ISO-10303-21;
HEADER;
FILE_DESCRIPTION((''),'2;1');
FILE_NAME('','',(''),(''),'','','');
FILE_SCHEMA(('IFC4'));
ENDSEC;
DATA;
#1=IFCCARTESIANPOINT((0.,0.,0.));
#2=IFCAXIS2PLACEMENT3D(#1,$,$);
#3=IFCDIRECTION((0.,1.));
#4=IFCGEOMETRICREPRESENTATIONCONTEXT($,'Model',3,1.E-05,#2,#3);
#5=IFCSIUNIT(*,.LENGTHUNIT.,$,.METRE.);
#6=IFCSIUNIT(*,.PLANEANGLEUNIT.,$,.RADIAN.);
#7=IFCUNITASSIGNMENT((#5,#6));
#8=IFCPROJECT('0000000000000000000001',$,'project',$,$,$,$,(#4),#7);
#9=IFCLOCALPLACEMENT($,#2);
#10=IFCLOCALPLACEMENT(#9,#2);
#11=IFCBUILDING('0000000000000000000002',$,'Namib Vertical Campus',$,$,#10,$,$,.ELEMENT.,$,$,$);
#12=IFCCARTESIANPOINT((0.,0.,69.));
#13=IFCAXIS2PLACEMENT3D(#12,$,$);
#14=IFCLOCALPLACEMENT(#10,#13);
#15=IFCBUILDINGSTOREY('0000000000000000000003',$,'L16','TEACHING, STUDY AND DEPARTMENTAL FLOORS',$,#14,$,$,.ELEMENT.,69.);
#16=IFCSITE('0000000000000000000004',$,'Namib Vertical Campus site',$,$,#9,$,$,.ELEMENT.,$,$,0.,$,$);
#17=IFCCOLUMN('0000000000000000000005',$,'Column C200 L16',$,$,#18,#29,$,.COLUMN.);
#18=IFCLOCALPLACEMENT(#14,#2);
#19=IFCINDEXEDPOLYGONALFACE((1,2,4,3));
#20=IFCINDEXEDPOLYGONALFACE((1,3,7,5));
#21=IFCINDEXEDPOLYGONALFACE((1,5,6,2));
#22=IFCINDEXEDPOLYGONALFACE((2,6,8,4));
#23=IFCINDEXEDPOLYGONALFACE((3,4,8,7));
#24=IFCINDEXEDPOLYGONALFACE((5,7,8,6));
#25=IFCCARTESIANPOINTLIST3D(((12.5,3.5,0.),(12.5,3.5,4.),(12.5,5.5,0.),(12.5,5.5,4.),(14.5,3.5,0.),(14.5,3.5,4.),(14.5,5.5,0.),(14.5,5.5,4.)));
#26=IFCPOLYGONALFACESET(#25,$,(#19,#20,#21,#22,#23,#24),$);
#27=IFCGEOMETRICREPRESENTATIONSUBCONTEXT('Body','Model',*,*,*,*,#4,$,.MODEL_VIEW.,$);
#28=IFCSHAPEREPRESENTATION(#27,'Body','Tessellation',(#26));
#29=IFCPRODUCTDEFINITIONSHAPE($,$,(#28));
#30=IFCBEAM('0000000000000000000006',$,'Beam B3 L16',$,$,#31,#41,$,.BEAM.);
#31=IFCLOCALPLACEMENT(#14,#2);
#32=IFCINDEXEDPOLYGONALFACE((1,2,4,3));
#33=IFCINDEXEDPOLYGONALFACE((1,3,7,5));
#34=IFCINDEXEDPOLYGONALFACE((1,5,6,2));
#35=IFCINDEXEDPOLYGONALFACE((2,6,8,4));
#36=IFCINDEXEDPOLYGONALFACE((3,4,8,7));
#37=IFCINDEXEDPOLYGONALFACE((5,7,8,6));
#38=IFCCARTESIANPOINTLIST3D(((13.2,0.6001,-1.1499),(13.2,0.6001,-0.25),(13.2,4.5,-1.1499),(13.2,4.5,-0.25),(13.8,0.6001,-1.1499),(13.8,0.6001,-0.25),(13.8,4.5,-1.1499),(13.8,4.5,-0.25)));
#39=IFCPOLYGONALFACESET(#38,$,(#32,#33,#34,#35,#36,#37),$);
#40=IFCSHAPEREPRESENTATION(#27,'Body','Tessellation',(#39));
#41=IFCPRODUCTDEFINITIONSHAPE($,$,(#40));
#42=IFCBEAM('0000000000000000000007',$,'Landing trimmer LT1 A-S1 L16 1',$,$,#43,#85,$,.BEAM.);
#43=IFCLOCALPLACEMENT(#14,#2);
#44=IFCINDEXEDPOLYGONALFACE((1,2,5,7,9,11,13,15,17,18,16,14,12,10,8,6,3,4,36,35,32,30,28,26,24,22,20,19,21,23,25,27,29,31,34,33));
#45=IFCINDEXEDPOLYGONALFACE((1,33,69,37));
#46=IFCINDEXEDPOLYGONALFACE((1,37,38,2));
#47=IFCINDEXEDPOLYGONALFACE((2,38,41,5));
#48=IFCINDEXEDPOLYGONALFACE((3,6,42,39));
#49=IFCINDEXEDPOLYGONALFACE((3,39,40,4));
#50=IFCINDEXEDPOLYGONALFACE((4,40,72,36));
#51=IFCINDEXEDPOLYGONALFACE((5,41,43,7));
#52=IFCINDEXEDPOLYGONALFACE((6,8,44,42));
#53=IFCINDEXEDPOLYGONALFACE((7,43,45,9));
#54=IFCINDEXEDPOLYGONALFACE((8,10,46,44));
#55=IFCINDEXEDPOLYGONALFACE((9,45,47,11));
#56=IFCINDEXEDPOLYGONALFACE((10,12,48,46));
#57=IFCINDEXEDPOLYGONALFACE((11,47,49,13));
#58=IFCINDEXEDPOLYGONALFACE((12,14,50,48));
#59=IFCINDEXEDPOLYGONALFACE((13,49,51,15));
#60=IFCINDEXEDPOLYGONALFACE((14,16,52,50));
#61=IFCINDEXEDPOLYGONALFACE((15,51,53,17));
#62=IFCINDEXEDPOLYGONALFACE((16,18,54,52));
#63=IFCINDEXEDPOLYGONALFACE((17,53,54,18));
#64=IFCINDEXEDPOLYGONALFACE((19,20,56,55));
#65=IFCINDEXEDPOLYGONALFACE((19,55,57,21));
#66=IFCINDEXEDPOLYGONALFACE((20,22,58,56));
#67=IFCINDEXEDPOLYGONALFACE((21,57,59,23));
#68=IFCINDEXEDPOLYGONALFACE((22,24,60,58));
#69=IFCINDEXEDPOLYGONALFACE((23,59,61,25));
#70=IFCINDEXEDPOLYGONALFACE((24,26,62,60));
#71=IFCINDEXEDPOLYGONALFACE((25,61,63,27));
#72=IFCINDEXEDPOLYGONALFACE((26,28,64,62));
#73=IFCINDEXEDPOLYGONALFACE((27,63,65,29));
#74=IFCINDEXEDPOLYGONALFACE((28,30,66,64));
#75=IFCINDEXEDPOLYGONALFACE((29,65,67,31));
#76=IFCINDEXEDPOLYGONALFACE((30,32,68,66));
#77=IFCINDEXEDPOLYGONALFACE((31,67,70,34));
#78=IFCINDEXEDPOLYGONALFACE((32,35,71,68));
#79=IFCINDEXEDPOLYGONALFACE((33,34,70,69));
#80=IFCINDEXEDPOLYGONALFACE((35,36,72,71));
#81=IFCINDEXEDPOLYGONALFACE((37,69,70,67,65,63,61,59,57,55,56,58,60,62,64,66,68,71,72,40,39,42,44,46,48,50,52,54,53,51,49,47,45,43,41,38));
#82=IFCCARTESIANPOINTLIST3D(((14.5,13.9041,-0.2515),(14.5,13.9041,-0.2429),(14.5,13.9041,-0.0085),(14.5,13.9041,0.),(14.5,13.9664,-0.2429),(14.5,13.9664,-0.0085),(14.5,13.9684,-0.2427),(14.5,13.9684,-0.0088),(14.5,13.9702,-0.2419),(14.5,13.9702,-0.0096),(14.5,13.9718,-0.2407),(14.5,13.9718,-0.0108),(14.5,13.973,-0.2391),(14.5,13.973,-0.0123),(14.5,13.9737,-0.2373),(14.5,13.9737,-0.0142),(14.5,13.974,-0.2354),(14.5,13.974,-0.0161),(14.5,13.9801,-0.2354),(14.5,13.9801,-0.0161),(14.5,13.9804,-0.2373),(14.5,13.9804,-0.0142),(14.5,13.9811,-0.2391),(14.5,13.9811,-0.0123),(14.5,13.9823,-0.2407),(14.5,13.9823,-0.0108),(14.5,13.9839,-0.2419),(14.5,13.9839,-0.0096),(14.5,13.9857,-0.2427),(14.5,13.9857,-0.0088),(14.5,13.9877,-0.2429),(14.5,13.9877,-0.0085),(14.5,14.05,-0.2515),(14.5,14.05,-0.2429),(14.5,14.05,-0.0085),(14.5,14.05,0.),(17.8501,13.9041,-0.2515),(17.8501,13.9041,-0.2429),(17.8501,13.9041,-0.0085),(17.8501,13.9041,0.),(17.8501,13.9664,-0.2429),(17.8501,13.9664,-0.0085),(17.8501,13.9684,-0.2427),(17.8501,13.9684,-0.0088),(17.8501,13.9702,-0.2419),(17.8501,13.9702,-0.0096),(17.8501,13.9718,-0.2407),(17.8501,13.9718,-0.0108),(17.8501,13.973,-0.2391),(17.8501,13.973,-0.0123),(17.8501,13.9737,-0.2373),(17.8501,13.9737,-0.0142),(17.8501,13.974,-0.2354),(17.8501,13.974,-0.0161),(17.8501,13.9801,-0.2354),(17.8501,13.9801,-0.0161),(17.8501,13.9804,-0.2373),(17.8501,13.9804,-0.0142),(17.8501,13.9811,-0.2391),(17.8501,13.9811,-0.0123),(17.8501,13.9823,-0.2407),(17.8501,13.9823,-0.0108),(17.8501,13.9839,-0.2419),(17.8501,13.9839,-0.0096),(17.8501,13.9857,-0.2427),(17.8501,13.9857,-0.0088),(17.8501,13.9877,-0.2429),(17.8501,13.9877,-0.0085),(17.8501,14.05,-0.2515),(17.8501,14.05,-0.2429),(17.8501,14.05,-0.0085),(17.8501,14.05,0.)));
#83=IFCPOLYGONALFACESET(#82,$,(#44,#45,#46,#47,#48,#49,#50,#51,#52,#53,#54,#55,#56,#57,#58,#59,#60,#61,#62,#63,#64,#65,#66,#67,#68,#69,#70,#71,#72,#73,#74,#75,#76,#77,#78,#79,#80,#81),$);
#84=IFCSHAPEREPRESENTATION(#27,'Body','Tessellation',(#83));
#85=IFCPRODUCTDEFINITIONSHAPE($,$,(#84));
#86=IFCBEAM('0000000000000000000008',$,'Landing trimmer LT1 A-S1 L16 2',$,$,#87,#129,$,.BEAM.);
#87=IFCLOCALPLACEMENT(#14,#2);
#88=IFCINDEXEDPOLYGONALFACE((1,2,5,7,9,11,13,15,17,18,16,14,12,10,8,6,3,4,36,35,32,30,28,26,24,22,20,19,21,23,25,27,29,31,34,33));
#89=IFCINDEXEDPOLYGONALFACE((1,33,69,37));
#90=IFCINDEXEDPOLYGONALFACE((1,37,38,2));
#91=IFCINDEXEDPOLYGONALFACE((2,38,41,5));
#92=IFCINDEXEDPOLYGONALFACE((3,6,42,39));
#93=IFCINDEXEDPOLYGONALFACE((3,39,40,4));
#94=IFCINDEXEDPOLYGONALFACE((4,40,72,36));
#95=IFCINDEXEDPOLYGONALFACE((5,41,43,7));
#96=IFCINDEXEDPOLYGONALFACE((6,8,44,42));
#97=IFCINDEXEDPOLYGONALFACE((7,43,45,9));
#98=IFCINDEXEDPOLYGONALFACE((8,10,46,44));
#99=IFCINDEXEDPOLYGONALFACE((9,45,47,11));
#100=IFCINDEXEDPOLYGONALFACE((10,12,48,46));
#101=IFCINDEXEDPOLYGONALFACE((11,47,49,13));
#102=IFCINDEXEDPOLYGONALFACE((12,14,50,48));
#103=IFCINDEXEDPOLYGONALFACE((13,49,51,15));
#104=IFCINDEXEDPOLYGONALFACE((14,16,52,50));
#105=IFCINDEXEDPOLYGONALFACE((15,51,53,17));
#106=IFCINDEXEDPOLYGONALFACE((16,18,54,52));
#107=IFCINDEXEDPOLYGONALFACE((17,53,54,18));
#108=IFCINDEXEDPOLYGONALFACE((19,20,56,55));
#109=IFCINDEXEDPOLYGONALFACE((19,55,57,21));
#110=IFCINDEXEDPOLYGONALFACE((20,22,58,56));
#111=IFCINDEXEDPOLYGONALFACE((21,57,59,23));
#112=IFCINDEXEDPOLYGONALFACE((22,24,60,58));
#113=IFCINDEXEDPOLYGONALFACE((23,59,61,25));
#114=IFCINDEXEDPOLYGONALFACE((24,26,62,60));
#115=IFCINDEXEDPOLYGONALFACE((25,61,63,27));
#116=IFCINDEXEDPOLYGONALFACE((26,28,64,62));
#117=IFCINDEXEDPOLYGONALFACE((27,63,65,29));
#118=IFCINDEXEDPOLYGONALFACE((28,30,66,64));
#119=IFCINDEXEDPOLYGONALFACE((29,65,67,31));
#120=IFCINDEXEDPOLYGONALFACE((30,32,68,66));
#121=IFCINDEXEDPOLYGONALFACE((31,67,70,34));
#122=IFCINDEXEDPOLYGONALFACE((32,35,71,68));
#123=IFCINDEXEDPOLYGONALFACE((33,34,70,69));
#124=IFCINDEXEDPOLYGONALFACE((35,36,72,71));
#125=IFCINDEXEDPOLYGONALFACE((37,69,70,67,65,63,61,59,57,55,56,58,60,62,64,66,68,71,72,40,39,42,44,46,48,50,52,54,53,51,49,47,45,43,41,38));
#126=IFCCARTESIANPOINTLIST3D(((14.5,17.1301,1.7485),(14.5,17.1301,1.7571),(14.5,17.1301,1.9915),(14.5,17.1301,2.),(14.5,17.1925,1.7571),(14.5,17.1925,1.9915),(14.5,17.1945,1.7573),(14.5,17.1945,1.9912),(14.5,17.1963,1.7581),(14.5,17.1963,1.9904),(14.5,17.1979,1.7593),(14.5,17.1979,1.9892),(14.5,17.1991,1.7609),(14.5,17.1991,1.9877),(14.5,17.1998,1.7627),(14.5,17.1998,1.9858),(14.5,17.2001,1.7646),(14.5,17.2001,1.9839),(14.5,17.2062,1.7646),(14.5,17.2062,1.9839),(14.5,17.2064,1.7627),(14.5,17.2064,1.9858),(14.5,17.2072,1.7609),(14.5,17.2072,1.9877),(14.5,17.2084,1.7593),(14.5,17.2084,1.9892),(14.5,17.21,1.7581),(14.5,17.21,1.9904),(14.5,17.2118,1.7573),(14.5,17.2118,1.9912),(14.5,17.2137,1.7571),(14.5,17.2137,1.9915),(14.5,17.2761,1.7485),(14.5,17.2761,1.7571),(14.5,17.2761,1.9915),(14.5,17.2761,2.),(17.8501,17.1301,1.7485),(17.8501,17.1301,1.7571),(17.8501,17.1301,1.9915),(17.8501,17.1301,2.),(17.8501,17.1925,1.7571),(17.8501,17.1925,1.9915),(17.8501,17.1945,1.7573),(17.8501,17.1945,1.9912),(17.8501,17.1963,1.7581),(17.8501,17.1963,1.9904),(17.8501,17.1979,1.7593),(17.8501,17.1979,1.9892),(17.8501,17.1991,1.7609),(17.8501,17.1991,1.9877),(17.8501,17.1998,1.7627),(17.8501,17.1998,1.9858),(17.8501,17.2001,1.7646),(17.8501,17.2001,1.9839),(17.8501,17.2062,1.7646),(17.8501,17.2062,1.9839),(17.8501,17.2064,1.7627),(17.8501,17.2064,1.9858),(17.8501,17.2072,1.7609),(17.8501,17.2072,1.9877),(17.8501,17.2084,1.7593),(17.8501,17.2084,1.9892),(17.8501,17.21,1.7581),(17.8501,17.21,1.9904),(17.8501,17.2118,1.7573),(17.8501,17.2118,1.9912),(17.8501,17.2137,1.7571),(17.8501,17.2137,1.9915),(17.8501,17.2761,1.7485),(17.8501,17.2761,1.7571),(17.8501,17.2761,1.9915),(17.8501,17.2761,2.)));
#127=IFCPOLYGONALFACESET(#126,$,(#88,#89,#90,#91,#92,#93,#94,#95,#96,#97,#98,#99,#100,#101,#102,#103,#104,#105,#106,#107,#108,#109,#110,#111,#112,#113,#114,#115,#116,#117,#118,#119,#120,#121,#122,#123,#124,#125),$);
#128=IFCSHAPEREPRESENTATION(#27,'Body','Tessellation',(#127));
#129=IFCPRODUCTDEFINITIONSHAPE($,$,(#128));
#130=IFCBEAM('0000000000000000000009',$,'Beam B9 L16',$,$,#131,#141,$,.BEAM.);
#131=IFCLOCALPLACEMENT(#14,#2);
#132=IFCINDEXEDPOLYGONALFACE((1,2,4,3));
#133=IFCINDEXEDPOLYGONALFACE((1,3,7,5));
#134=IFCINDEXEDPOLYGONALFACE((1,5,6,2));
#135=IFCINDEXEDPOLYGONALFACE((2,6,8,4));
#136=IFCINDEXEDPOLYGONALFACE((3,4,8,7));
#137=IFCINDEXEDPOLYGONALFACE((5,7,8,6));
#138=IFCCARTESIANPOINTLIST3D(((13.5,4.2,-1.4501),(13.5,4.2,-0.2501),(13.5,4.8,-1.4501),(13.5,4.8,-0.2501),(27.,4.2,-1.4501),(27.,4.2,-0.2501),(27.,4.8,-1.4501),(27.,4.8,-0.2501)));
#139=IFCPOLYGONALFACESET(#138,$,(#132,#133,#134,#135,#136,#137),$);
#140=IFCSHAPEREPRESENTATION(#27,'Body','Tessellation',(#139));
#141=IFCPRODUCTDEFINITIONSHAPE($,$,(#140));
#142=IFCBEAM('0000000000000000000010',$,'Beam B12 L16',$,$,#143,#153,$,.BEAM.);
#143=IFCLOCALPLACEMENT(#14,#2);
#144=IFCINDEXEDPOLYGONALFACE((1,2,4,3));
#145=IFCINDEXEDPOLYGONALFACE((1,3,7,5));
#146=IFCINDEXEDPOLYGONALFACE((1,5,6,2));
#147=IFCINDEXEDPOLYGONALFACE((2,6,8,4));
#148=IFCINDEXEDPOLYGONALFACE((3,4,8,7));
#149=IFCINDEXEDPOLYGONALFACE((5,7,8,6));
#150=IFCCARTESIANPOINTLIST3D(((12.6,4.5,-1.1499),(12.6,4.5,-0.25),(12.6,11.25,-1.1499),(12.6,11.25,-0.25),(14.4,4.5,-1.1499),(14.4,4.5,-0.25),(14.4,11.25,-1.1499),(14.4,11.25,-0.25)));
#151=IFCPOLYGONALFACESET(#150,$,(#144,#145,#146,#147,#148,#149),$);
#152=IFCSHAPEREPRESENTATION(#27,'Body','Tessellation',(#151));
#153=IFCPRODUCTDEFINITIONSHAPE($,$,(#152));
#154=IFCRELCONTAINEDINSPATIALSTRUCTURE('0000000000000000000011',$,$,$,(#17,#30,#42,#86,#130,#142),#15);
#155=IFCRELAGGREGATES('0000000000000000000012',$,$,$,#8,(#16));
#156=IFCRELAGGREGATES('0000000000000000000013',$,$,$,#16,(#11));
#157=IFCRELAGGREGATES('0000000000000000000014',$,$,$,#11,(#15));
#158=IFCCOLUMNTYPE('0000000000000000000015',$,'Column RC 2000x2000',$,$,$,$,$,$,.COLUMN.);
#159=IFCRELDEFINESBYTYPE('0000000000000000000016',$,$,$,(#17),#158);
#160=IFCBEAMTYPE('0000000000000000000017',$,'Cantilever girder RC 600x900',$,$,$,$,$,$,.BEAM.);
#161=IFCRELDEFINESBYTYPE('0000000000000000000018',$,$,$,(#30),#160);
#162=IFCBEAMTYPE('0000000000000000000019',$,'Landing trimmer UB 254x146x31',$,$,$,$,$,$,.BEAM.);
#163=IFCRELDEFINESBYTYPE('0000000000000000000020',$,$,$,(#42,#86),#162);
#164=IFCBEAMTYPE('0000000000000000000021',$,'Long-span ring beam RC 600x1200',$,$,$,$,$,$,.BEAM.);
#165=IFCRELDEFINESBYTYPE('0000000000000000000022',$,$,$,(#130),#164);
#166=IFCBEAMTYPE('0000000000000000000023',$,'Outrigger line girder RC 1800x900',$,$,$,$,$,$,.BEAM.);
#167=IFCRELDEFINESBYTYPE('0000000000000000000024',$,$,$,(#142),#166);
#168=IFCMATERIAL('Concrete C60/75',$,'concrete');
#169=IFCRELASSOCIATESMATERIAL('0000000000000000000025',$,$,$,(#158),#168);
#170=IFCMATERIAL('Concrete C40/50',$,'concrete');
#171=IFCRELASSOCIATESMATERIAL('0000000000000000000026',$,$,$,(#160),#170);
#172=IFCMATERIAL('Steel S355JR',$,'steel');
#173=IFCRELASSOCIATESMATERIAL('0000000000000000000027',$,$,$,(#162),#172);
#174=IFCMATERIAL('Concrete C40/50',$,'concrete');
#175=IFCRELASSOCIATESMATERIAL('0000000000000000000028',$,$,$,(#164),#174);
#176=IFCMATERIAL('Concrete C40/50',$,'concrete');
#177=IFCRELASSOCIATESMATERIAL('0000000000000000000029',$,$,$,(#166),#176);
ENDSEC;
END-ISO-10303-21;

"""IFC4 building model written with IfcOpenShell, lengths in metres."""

from ifc_helpers import new_model, si_unit, direction, frame, origin, origin_2d, place, context, subcontext, project, spatial, rectangle, i_section, extrude, material, material_profile, profile_set, type_object, element, save


model = new_model("IFC4")

# Units and contexts
model_context = context("Model", 3, precision=1e-05, world=origin(), true_north=direction((0.0, 1.0)))
body_context = subcontext(model_context, "Body", "Model", "MODEL_VIEW")
ifc_project = project(units=[si_unit("LENGTHUNIT", "METRE"), si_unit("PLANEANGLEUNIT", "RADIAN")], contexts=[model_context])

# Site, building, storey
site_placement = place(None, origin())
site = spatial("IfcSite", under=ifc_project, at=site_placement, Name="Namib Vertical Campus site", CompositionType="ELEMENT", RefElevation=0.0)
building_placement = place(site_placement, origin())
building = spatial("IfcBuilding", under=site, at=building_placement, Name="Namib Vertical Campus", CompositionType="ELEMENT")
storey_placement = place(building_placement, frame((0.0, 0.0, 69.0)))
storey = spatial("IfcBuildingStorey", under=building, at=storey_placement, Name="L16", Description="TEACHING, STUDY AND DEPARTMENTAL FLOORS", CompositionType="ELEMENT", Elevation=69.0)

# Column
ifc_material_1 = material(Name="Concrete C60/75", Category="concrete")
ifc_material_profile_1 = material_profile(ifc_material_1, rectangle(XDim=2.0, YDim=2.0, at=origin_2d()))
ifc_profile_set_1 = profile_set([ifc_material_profile_1], Name="Concrete C60/75")
column_type = type_object("IfcColumnType", Name="Column RC 2000x2000", PredefinedType="COLUMN", material=ifc_profile_set_1)
column_placement = place(storey_placement, frame((13.5, 4.5, 0.0), z_axis=(0.0, 0.0, 1.0), x_axis=(1.0, 0.0, 0.0)))
element("IfcColumn", 1, at=column_placement, inside=storey, type_object=column_type, Name="Column C200 L16", PredefinedType="COLUMN", context=body_context, shape_type="SweptSolid", body=[
    extrude(rectangle(XDim=2.0, YDim=2.0, at=origin_2d()), origin(), (0.0, 0.0, 1.0), 4.0),
])

# Beams
ifc_material_2 = material(Name="Concrete C40/50", Category="concrete")
ifc_material_profile_2 = material_profile(ifc_material_2, rectangle(XDim=0.6001, YDim=0.8999, at=origin_2d()))
ifc_profile_set_2 = profile_set([ifc_material_profile_2], Name="Concrete C40/50")
beam_type_1 = type_object("IfcBeamType", Name="Cantilever girder RC 600x900", PredefinedType="BEAM", material=ifc_profile_set_2)
beam_1_placement = place(storey_placement, frame((13.5, 4.5, -0.7), z_axis=(0.0, -1.0, 0.0), x_axis=(1.0, 0.0, 0.0)))
element("IfcBeam", 2, at=beam_1_placement, inside=storey, type_object=beam_type_1, Name="Beam B3 L16", PredefinedType="BEAM", context=body_context, shape_type="SweptSolid", body=[
    extrude(rectangle(XDim=0.6001, YDim=0.8999, at=origin_2d()), origin(), (0.0, 0.0, 1.0), 3.8999),
])
ifc_material_3 = material(Name="Steel S355JR", Category="steel")
ifc_material_profile_3 = material_profile(ifc_material_3, i_section(OverallWidth=0.146, OverallDepth=0.2515, WebThickness=0.0061, FlangeThickness=0.0085, FilletRadius=0.0076, at=origin_2d()))
ifc_profile_set_3 = profile_set([ifc_material_profile_3], Name="Steel S355JR")
beam_type_2 = type_object("IfcBeamType", Name="Landing trimmer UB 254x146x31", PredefinedType="BEAM", material=ifc_profile_set_3)
for number, where, z_axis, x_axis, name in (
    (3, (14.5, 13.9771, -0.1257), (1.0, 0.0, 0.0), (0.0, 1.0, 0.0), "Landing trimmer LT1 A-S1 L16 1"),
    (4, (14.5, 17.2031, 1.8743), (1.0, 0.0, 0.0), (0.0, 1.0, 0.0), "Landing trimmer LT1 A-S1 L16 2"),
):
    element("IfcBeam", number, at=place(storey_placement, frame(where, z_axis=z_axis, x_axis=x_axis)), inside=storey, type_object=beam_type_2, Name=name, PredefinedType="BEAM", context=body_context, shape_type="SweptSolid", body=[
        extrude(i_section(OverallWidth=0.146, OverallDepth=0.2515, WebThickness=0.0061, FlangeThickness=0.0085, FilletRadius=0.0076, at=origin_2d()), origin(), (0.0, 0.0, 1.0), 3.3501),
    ])
ifc_material_4 = material(Name="Concrete C40/50", Category="concrete")
ifc_material_profile_4 = material_profile(ifc_material_4, rectangle(XDim=0.6001, YDim=1.2, at=origin_2d()))
ifc_profile_set_4 = profile_set([ifc_material_profile_4], Name="Concrete C40/50")
beam_type_3 = type_object("IfcBeamType", Name="Long-span ring beam RC 600x1200", PredefinedType="BEAM", material=ifc_profile_set_4)
beam_2_placement = place(storey_placement, frame((13.5, 4.5, -0.8501), z_axis=(1.0, 0.0, 0.0), x_axis=(0.0, 1.0, 0.0)))
element("IfcBeam", 5, at=beam_2_placement, inside=storey, type_object=beam_type_3, Name="Beam B9 L16", PredefinedType="BEAM", context=body_context, shape_type="SweptSolid", body=[
    extrude(rectangle(XDim=0.6001, YDim=1.2, at=origin_2d()), origin(), (0.0, 0.0, 1.0), 13.5),
])
ifc_material_5 = material(Name="Concrete C40/50", Category="concrete")
ifc_material_profile_5 = material_profile(ifc_material_5, rectangle(XDim=1.8, YDim=0.8999, at=origin_2d()))
ifc_profile_set_5 = profile_set([ifc_material_profile_5], Name="Concrete C40/50")
beam_type_4 = type_object("IfcBeamType", Name="Outrigger line girder RC 1800x900", PredefinedType="BEAM", material=ifc_profile_set_5)
beam_3_placement = place(storey_placement, frame((13.5, 4.5, -0.7), z_axis=(0.0, 1.0, 0.0), x_axis=(-1.0, 0.0, 0.0)))
element("IfcBeam", 6, at=beam_3_placement, inside=storey, type_object=beam_type_4, Name="Beam B12 L16", PredefinedType="BEAM", context=body_context, shape_type="SweptSolid", body=[
    extrude(rectangle(XDim=1.8, YDim=0.8999, at=origin_2d()), origin(), (0.0, 0.0, 1.0), 6.75),
])

save(model, "model.ifc")
